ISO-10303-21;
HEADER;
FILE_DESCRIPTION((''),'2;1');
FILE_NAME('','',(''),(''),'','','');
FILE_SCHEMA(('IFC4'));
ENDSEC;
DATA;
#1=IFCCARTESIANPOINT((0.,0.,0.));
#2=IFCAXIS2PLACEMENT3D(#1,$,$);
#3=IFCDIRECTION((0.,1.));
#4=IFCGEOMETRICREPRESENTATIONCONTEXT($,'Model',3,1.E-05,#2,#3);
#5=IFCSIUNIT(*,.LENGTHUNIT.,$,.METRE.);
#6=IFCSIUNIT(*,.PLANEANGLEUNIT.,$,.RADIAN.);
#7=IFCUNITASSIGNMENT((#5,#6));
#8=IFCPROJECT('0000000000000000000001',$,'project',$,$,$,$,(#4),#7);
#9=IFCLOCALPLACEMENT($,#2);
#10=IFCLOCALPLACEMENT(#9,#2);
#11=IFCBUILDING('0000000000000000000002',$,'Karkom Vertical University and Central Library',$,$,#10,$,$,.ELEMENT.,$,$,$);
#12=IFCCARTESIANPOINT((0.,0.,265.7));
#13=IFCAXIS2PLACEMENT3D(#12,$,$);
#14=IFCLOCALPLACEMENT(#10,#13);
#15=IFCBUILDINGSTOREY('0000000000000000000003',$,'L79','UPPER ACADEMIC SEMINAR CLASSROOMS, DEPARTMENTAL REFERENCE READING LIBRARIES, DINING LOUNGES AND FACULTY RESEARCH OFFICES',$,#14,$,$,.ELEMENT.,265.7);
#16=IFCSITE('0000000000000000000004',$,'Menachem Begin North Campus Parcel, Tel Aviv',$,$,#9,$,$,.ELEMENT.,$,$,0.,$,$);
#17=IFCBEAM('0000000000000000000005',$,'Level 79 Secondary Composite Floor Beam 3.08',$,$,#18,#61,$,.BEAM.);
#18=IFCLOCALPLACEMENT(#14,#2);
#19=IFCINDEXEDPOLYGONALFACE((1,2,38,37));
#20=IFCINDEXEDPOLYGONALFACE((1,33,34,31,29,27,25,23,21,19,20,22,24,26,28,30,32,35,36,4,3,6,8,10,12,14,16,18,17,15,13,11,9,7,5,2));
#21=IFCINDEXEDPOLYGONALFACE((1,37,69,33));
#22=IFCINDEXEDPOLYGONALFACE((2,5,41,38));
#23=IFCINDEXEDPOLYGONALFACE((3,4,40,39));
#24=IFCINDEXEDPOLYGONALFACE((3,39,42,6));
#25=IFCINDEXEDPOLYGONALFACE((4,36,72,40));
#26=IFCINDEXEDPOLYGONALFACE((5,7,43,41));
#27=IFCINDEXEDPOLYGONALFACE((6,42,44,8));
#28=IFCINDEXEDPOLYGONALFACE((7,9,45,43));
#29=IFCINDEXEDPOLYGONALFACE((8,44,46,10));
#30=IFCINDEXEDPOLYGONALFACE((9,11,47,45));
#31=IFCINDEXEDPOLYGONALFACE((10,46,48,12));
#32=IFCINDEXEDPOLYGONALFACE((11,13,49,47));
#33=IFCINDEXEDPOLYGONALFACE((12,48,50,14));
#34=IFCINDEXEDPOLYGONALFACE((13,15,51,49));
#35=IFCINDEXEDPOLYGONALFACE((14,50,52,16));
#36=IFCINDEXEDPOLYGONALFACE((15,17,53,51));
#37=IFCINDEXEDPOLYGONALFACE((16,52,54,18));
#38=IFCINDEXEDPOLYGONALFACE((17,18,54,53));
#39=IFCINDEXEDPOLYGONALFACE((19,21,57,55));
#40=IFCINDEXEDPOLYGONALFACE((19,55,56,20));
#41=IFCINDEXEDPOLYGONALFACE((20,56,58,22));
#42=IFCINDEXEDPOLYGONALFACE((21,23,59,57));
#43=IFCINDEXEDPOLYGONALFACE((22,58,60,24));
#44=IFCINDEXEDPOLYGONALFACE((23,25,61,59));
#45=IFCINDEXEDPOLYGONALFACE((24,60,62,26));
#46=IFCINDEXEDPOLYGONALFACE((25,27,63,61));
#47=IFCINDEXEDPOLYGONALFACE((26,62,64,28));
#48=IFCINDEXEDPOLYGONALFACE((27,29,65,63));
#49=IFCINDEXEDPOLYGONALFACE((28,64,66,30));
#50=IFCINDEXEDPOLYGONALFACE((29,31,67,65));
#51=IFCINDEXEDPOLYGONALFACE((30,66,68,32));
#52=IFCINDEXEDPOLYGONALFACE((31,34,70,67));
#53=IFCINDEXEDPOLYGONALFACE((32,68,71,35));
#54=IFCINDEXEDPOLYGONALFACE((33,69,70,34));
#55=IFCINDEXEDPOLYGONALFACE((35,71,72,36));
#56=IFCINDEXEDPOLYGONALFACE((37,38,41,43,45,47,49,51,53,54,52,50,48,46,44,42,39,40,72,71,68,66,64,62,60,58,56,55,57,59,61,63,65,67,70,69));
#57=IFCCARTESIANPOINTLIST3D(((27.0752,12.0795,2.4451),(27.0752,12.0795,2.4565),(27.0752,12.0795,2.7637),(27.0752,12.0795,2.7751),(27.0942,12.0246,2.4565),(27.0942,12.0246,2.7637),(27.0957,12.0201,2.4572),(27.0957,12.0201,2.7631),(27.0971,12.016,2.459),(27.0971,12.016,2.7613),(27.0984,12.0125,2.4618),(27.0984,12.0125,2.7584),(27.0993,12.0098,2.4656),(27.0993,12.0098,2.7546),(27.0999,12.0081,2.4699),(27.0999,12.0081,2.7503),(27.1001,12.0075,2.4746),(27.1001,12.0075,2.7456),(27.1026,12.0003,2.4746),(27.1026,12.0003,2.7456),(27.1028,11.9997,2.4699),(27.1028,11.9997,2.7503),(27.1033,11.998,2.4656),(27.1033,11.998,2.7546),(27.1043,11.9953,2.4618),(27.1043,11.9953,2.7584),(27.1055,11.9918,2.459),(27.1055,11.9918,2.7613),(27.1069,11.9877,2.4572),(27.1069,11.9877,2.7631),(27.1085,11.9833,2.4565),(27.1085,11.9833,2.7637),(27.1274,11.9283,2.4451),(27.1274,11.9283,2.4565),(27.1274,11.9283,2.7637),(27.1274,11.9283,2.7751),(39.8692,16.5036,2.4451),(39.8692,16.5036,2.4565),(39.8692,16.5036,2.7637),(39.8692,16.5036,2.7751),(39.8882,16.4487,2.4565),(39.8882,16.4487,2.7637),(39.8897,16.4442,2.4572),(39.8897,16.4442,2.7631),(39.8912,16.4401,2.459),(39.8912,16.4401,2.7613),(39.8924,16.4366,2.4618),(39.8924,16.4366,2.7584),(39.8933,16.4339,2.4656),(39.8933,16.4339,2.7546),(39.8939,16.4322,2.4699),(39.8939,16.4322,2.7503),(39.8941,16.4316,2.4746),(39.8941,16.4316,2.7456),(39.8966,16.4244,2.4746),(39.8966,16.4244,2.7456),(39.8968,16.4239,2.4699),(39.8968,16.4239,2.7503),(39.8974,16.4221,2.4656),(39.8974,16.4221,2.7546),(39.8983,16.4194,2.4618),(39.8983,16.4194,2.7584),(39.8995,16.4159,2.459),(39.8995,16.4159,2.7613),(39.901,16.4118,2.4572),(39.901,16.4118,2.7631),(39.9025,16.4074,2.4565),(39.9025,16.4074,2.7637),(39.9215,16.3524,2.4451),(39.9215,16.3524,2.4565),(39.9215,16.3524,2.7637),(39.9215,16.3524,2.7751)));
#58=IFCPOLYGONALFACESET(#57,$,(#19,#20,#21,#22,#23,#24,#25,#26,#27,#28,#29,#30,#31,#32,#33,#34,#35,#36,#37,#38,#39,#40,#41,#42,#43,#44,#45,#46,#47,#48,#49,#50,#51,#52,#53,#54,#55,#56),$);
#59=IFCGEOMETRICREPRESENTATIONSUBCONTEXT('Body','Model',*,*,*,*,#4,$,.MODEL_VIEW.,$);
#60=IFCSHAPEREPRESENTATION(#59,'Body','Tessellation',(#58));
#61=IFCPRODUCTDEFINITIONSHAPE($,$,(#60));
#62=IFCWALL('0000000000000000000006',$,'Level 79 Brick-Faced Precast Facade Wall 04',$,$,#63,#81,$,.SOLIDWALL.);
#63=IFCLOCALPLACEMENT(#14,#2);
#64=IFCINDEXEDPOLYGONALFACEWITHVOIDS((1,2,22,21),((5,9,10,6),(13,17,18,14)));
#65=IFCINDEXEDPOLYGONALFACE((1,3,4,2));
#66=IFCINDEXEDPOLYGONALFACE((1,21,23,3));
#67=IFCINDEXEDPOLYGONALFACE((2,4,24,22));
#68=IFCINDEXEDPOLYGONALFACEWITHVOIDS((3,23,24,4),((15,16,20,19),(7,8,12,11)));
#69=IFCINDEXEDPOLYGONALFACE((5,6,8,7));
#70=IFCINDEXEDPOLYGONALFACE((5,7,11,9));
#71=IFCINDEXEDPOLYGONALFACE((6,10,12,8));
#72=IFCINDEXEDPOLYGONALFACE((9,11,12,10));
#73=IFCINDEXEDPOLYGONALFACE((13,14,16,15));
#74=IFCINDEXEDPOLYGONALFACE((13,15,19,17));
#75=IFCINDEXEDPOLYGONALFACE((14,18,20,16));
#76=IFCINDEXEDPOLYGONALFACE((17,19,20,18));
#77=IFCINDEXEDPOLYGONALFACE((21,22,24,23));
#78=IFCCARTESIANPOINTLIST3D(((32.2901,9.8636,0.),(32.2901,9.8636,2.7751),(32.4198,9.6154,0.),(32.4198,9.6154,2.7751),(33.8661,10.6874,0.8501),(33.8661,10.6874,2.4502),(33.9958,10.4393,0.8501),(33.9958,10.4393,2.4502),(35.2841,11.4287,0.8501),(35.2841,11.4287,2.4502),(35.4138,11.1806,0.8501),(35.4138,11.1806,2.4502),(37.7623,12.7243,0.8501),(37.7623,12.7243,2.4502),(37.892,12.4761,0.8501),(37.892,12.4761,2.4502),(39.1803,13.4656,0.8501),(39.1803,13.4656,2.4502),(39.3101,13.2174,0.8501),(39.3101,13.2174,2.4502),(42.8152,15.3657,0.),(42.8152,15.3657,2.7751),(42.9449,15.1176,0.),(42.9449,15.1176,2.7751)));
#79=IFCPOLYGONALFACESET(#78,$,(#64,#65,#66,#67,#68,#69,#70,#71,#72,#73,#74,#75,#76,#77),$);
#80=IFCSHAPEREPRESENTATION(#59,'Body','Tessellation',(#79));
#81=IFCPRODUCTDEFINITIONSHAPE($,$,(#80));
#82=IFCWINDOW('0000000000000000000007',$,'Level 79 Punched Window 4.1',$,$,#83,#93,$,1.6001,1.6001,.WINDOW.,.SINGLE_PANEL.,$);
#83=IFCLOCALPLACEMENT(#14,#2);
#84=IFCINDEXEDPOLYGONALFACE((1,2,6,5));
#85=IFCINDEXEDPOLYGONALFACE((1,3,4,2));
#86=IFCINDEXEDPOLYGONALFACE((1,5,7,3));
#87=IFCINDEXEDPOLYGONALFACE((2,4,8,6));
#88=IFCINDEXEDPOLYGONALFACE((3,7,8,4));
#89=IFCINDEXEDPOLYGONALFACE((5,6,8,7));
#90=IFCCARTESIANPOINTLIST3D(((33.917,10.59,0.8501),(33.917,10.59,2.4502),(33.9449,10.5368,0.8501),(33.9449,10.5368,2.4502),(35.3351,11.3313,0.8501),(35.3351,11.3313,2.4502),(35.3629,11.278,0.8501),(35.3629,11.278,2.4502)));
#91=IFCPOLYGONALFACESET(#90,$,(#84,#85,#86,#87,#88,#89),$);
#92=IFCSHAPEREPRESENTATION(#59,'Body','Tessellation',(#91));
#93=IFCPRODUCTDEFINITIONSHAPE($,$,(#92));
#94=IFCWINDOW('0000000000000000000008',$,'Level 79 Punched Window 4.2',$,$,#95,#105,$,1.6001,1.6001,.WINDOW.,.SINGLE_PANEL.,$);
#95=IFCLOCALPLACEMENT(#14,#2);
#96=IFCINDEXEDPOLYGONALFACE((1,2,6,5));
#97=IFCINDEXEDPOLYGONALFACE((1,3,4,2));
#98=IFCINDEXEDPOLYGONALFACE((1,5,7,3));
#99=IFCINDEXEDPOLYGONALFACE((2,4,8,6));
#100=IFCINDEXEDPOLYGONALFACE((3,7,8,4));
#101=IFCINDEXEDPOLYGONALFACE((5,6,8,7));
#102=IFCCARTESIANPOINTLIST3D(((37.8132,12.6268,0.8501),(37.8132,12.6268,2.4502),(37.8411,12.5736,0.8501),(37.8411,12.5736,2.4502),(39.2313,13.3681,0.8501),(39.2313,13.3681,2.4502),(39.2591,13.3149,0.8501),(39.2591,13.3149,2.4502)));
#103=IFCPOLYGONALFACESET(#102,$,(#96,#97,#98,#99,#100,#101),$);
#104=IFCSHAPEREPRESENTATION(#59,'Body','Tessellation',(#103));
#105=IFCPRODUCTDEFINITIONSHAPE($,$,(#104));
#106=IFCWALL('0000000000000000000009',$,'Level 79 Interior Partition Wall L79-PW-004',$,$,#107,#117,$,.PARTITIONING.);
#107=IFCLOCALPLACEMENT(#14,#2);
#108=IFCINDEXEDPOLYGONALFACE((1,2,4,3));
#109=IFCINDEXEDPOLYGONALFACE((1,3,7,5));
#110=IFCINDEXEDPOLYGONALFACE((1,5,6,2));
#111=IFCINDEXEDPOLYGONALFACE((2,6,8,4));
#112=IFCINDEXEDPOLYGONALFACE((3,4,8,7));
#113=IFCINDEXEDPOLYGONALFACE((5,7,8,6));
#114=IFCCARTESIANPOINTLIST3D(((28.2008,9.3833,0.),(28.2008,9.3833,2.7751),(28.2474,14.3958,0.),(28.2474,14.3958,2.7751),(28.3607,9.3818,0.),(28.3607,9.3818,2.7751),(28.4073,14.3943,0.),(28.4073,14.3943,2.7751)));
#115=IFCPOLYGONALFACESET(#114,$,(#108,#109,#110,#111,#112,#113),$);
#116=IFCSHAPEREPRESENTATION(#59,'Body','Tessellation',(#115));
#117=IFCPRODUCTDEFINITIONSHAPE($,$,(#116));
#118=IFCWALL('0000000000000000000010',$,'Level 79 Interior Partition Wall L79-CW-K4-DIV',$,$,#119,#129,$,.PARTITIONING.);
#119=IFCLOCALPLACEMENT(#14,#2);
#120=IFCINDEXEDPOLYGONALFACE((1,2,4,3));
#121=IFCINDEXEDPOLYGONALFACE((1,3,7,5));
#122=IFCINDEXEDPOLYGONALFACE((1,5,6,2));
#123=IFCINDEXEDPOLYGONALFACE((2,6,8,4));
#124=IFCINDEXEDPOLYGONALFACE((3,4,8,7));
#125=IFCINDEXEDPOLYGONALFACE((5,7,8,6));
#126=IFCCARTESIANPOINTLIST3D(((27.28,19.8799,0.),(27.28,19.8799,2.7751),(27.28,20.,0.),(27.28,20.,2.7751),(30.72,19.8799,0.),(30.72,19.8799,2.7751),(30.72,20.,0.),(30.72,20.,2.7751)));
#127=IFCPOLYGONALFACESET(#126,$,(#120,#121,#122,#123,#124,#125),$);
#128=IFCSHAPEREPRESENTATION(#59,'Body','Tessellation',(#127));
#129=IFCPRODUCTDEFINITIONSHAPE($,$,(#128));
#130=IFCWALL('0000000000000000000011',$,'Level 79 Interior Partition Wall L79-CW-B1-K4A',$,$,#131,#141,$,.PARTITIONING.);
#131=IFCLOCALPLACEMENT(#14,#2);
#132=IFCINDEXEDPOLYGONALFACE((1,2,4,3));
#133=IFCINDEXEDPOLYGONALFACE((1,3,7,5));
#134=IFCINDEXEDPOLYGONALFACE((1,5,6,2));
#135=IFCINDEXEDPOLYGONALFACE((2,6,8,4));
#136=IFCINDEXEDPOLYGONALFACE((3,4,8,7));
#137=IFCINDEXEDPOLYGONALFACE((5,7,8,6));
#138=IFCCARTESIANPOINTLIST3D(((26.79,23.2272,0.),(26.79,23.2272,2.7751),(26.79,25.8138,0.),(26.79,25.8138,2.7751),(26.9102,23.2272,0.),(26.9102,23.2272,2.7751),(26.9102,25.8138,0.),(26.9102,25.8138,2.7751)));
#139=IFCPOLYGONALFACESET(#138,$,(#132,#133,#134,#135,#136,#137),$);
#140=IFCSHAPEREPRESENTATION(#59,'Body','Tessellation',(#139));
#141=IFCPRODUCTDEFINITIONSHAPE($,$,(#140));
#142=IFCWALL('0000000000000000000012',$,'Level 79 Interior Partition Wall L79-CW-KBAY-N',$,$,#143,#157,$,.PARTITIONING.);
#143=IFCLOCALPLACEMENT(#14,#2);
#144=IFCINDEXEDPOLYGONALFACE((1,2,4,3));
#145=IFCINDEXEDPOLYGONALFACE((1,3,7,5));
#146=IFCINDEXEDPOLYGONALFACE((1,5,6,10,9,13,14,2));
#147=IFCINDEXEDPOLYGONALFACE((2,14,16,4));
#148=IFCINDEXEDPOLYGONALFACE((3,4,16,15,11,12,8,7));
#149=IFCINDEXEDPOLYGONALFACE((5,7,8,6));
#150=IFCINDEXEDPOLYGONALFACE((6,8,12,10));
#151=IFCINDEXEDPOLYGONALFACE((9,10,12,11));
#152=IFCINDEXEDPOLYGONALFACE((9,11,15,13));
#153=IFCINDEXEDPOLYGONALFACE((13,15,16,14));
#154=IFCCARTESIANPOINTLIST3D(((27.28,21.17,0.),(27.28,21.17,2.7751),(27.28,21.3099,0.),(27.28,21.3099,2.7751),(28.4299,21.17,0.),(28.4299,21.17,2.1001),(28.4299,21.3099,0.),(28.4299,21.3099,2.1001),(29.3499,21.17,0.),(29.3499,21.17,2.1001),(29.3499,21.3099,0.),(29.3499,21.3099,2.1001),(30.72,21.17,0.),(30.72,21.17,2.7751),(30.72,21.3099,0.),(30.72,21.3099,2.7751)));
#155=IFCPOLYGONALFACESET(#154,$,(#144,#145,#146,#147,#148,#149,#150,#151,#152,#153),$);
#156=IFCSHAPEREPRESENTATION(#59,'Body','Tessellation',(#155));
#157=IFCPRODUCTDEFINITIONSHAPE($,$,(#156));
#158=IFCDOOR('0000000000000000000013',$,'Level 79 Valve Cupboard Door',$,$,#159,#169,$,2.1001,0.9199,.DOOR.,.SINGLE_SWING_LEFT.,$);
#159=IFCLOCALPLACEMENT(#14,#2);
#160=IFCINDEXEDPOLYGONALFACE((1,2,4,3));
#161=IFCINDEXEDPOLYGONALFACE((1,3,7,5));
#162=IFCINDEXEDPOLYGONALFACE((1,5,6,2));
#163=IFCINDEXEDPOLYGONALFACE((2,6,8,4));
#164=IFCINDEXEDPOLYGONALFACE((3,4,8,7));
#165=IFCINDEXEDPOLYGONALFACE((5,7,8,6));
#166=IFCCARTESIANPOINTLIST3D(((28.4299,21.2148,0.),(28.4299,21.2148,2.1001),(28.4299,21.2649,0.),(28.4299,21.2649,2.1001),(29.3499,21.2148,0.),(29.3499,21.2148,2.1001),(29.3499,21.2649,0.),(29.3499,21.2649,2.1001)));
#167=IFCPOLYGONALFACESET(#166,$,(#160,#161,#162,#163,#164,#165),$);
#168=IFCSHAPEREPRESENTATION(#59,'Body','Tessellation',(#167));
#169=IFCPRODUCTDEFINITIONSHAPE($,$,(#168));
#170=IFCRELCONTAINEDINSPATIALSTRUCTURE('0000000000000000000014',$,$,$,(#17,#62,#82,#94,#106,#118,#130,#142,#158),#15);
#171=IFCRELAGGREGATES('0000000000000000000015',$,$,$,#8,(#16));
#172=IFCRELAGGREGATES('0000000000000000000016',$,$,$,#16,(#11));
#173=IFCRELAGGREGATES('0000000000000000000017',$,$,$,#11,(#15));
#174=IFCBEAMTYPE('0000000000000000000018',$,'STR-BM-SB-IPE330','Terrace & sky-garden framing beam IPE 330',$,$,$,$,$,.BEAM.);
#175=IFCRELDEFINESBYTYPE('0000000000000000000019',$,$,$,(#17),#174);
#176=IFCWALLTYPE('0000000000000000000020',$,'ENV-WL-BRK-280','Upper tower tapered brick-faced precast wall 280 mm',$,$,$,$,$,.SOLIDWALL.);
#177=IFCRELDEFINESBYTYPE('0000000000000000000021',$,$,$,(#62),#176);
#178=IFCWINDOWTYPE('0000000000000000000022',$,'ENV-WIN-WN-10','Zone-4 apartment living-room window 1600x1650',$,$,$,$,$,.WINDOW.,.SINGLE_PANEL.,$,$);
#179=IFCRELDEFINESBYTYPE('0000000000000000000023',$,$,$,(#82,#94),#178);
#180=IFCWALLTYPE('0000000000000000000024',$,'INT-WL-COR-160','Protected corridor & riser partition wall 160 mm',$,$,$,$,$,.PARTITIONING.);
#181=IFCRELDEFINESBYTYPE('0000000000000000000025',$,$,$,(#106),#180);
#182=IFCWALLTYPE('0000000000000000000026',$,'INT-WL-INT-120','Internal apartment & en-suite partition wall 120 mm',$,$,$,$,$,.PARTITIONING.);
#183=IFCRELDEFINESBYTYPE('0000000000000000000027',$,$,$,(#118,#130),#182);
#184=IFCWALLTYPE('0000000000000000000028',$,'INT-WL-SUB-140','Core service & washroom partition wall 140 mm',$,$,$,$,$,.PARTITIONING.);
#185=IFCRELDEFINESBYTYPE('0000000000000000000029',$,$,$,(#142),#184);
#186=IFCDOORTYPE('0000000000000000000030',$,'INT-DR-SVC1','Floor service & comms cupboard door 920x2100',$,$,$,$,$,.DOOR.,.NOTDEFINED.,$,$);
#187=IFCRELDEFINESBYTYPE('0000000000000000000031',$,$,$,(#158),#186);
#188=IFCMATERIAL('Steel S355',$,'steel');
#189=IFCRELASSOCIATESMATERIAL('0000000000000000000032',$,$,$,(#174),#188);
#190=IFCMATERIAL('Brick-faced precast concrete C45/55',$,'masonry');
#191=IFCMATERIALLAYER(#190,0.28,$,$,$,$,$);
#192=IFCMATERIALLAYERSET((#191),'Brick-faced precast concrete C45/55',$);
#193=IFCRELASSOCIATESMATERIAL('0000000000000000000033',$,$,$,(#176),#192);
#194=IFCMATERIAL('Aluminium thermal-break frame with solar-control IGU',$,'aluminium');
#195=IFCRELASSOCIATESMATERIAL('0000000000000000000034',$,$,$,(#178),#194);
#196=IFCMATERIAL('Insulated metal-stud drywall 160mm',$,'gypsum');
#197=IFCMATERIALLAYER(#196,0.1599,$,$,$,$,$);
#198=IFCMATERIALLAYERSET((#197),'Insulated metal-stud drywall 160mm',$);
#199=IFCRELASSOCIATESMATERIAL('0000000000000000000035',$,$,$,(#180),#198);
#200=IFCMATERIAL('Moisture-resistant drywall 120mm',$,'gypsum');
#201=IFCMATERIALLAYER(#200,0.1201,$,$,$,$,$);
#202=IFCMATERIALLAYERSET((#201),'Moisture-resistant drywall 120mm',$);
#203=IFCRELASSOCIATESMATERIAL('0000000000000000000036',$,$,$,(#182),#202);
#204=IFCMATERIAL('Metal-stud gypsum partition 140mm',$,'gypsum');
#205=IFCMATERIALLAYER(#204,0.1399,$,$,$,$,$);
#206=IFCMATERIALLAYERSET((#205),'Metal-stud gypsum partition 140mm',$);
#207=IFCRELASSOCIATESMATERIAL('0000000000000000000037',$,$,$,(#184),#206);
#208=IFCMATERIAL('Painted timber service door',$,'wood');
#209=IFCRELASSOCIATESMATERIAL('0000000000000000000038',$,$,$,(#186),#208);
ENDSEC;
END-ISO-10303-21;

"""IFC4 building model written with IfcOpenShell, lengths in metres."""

from ifc_helpers import new_model, si_unit, direction, frame, frame_2d, origin, origin_with_axes, origin_2d, place, context, subcontext, project, spatial, rectangle, i_section, extrude, source, transform, mapped, material, layer, layer_set, material_profile, profile_set, type_object, element, fill, save


model = new_model("IFC4")

# Units and contexts
model_context = context("Model", 3, precision=1e-05, world=origin(), true_north=direction((0.0, 1.0)))
body_context = subcontext(model_context, "Body", "Model", "MODEL_VIEW")
ifc_project = project(units=[si_unit("LENGTHUNIT", "METRE"), si_unit("PLANEANGLEUNIT", "RADIAN")], contexts=[model_context])

# Site, building, storey
site_placement = place(None, origin())
site = spatial("IfcSite", under=ifc_project, at=site_placement, Name="Menachem Begin North Campus Parcel, Tel Aviv", CompositionType="ELEMENT", RefElevation=0.0)
building_placement = place(site_placement, origin())
building = spatial("IfcBuilding", under=site, at=building_placement, Name="Karkom Vertical University and Central Library", CompositionType="ELEMENT")
storey_placement = place(building_placement, frame((0.0, 0.0, 265.7)))
storey = spatial("IfcBuildingStorey", under=building, at=storey_placement, Name="L79", Description="UPPER ACADEMIC SEMINAR CLASSROOMS, DEPARTMENTAL REFERENCE READING LIBRARIES, DINING LOUNGES AND FACULTY RESEARCH OFFICES", CompositionType="ELEMENT", Elevation=265.7)

# Beam
ifc_material_1 = material(Name="Steel S355", Category="steel")
ifc_material_profile_1 = material_profile(ifc_material_1, i_section(OverallWidth=0.1599, OverallDepth=0.3301, WebThickness=0.0076, FlangeThickness=0.0115, FilletRadius=0.0181, at=origin_2d()), Name="IPE 330")
ifc_profile_set_1 = profile_set([ifc_material_profile_1], Name="Steel S355")
beam_type_1 = type_object("IfcBeamType", Name="STR-BM-SB-IPE330", Description="Terrace & sky-garden framing beam IPE 330", PredefinedType="BEAM", material=ifc_profile_set_1)
shared_shape_1 = source(origin_with_axes(), body_context, "Body", "SweptSolid", [
    extrude(i_section(OverallWidth=0.1599, OverallDepth=0.3301, WebThickness=0.0076, FlangeThickness=0.0115, FilletRadius=0.0181, at=origin_2d()), origin(), (0.0, 0.0, 1.0), 13.5374),
])
beam_1_placement = place(storey_placement, frame((27.1013, 12.0039, 2.6101), z_axis=(0.945091, 0.326807, 0.0), x_axis=(-0.326807, 0.945091, 0.0)))
element("IfcBeam", 1, at=beam_1_placement, inside=storey, type_object=beam_type_1, Name="Level 79 Secondary Composite Floor Beam 3.08", PredefinedType="BEAM", context=body_context, shape_type="MappedRepresentation", body=[
    mapped(shared_shape_1, transform((0.0, 0.0, 0.0), scale=1.0)),
])

# Wall, openings, windows
ifc_material_2 = material(Name="Brick-faced precast concrete C45/55", Category="masonry")
ifc_layer_1 = layer(ifc_material_2, 0.28)
ifc_layer_set_1 = layer_set([ifc_layer_1], Name="Brick-faced precast concrete C45/55")
wall_type_1 = type_object("IfcWallType", Name="ENV-WL-BRK-280", Description="Upper tower tapered brick-faced precast wall 280 mm", PredefinedType="SOLIDWALL", material=ifc_layer_set_1)
wall_1_placement = place(storey_placement, frame((32.355, 9.7395, 0.0), z_axis=(0.0, 0.0, 1.0), x_axis=(0.886211, 0.463282, 0.0)))
wall_1 = element("IfcWall", 2, at=wall_1_placement, inside=storey, type_object=wall_type_1, Name="Level 79 Brick-Faced Precast Facade Wall 04", PredefinedType="SOLIDWALL", context=body_context, shape_type="SweptSolid", body=[
    extrude(rectangle(XDim=11.8765, YDim=0.28, at=frame_2d((5.9382, 0.0))), origin(), (0.0, 0.0, 1.0), 2.7751),
])
opening_1_placement = place(wall_1_placement, frame((1.7783, 0.0, 0.8501)))
opening_1 = element("IfcOpeningElement", 3, at=opening_1_placement, cuts=wall_1, PredefinedType="OPENING", context=body_context, shape_type="SweptSolid", body=[
    extrude(rectangle(XDim=1.6001, YDim=1.6001, at=frame_2d((0.8, 0.8))), frame((0.0, 0.1499, 0.0), z_axis=(0.0, -1.0, 0.0), x_axis=(1.0, 0.0, 0.0)), (0.0, 0.0, 1.0), 0.3),
])
opening_2_placement = place(wall_1_placement, frame((6.1748, 0.0, 0.8501)))
opening_2 = element("IfcOpeningElement", 4, at=opening_2_placement, cuts=wall_1, PredefinedType="OPENING", context=body_context, shape_type="SweptSolid", body=[
    extrude(rectangle(XDim=1.6001, YDim=1.6001, at=frame_2d((0.8, 0.8))), frame((0.0, 0.1499, 0.0), z_axis=(0.0, -1.0, 0.0), x_axis=(1.0, 0.0, 0.0)), (0.0, 0.0, 1.0), 0.3),
])
ifc_material_3 = material(Name="Aluminium thermal-break frame with solar-control IGU", Category="aluminium")
window_type = type_object("IfcWindowType", Name="ENV-WIN-WN-10", Description="Zone-4 apartment living-room window 1600x1650", PartitioningType="SINGLE_PANEL", PredefinedType="WINDOW", material=ifc_material_3)
shared_shape_2 = source(origin_with_axes(), body_context, "Body", "SweptSolid", [
    extrude(rectangle(XDim=1.6001, YDim=1.6001, at=frame_2d((0.8, 0.8))), frame((0.0, 0.03, 0.0), z_axis=(0.0, -1.0, 0.0), x_axis=(1.0, 0.0, 0.0)), (0.0, 0.0, 1.0), 0.0601),
])
window_1_placement = place(opening_1_placement, origin())
window_1 = element("IfcWindow", 5, at=window_1_placement, inside=storey, type_object=window_type, Name="Level 79 Punched Window 4.1", OverallHeight=1.6001, OverallWidth=1.6001, PartitioningType="SINGLE_PANEL", PredefinedType="WINDOW", context=body_context, shape_type="MappedRepresentation", body=[
    mapped(shared_shape_2, transform((0.0, 0.0, 0.0), scale=1.0)),
])
fill(opening_1, window_1)
window_2_placement = place(opening_2_placement, origin())
window_2 = element("IfcWindow", 6, at=window_2_placement, inside=storey, type_object=window_type, Name="Level 79 Punched Window 4.2", OverallHeight=1.6001, OverallWidth=1.6001, PartitioningType="SINGLE_PANEL", PredefinedType="WINDOW", context=body_context, shape_type="MappedRepresentation", body=[
    mapped(shared_shape_2, transform((0.0, 0.0, 0.0), scale=1.0)),
])
fill(opening_2, window_2)

# Walls
ifc_material_4 = material(Name="Insulated metal-stud drywall 160mm", Category="gypsum")
ifc_layer_2 = layer(ifc_material_4, 0.1599)
ifc_layer_set_2 = layer_set([ifc_layer_2], Name="Insulated metal-stud drywall 160mm")
wall_type_2 = type_object("IfcWallType", Name="INT-WL-COR-160", Description="Protected corridor & riser partition wall 160 mm", PredefinedType="PARTITIONING", material=ifc_layer_set_2)
wall_2_placement = place(storey_placement, frame((28.3274, 14.395, 0.0), z_axis=(0.0, 0.0, 1.0), x_axis=(-0.009303, -0.999957, 0.0)))
element("IfcWall", 7, at=wall_2_placement, inside=storey, type_object=wall_type_2, Name="Level 79 Interior Partition Wall L79-PW-004", PredefinedType="PARTITIONING", context=body_context, shape_type="SweptSolid", body=[
    extrude(rectangle(XDim=5.0127, YDim=0.1599, at=frame_2d((2.5063, 0.0))), origin(), (0.0, 0.0, 1.0), 2.7751),
])
ifc_material_5 = material(Name="Moisture-resistant drywall 120mm", Category="gypsum")
ifc_layer_3 = layer(ifc_material_5, 0.1201)
ifc_layer_set_3 = layer_set([ifc_layer_3], Name="Moisture-resistant drywall 120mm")
wall_type_3 = type_object("IfcWallType", Name="INT-WL-INT-120", Description="Internal apartment & en-suite partition wall 120 mm", PredefinedType="PARTITIONING", material=ifc_layer_set_3)
wall_3_placement = place(storey_placement, frame((27.28, 19.9399, 0.0), z_axis=(0.0, 0.0, 1.0), x_axis=(1.0, 0.0, 0.0)))
element("IfcWall", 8, at=wall_3_placement, inside=storey, type_object=wall_type_3, Name="Level 79 Interior Partition Wall L79-CW-K4-DIV", PredefinedType="PARTITIONING", context=body_context, shape_type="SweptSolid", body=[
    extrude(rectangle(XDim=3.4399, YDim=0.1201, at=frame_2d((1.72, 0.0))), origin(), (0.0, 0.0, 1.0), 2.7751),
])
wall_4_placement = place(storey_placement, frame((26.8501, 23.2271, 0.0), z_axis=(0.0, 0.0, 1.0), x_axis=(0.0, 1.0, 0.0)))
element("IfcWall", 9, at=wall_4_placement, inside=storey, type_object=wall_type_3, Name="Level 79 Interior Partition Wall L79-CW-B1-K4A", PredefinedType="PARTITIONING", context=body_context, shape_type="SweptSolid", body=[
    extrude(rectangle(XDim=2.5867, YDim=0.1201, at=frame_2d((1.2935, 0.0))), origin(), (0.0, 0.0, 1.0), 2.7751),
])

# Wall, opening, door
ifc_material_6 = material(Name="Metal-stud gypsum partition 140mm", Category="gypsum")
ifc_layer_4 = layer(ifc_material_6, 0.1399)
ifc_layer_set_4 = layer_set([ifc_layer_4], Name="Metal-stud gypsum partition 140mm")
wall_type_4 = type_object("IfcWallType", Name="INT-WL-SUB-140", Description="Core service & washroom partition wall 140 mm", PredefinedType="PARTITIONING", material=ifc_layer_set_4)
wall_5_placement = place(storey_placement, frame((27.28, 21.24, 0.0), z_axis=(0.0, 0.0, 1.0), x_axis=(1.0, 0.0, 0.0)))
wall_5 = element("IfcWall", 10, at=wall_5_placement, inside=storey, type_object=wall_type_4, Name="Level 79 Interior Partition Wall L79-CW-KBAY-N", PredefinedType="PARTITIONING", context=body_context, shape_type="SweptSolid", body=[
    extrude(rectangle(XDim=3.4399, YDim=0.1399, at=frame_2d((1.72, 0.0))), origin(), (0.0, 0.0, 1.0), 2.7751),
])
opening_3_placement = place(wall_5_placement, frame((1.1499, 0.0, 0.0)))
opening_3 = element("IfcOpeningElement", 11, at=opening_3_placement, cuts=wall_5, PredefinedType="OPENING", context=body_context, shape_type="SweptSolid", body=[
    extrude(rectangle(XDim=0.9199, YDim=2.1001, at=frame_2d((0.46, 1.05))), frame((0.0, 0.0801, 0.0), z_axis=(0.0, -1.0, 0.0), x_axis=(1.0, 0.0, 0.0)), (0.0, 0.0, 1.0), 0.1599),
])
ifc_material_7 = material(Name="Painted timber service door", Category="wood")
door_type_1 = type_object("IfcDoorType", Name="INT-DR-SVC1", Description="Floor service & comms cupboard door 920x2100", OperationType="NOTDEFINED", PredefinedType="DOOR", material=ifc_material_7)
shared_shape_3 = source(origin_with_axes(), body_context, "Body", "SweptSolid", [
    extrude(rectangle(XDim=0.9199, YDim=2.1001, at=frame_2d((0.46, 1.05))), frame((0.0, 0.0249, 0.0), z_axis=(0.0, -1.0, 0.0), x_axis=(1.0, 0.0, 0.0)), (0.0, 0.0, 1.0), 0.05),
])
door_1_placement = place(opening_3_placement, origin())
door_1 = element("IfcDoor", 12, at=door_1_placement, inside=storey, type_object=door_type_1, Name="Level 79 Valve Cupboard Door", OperationType="SINGLE_SWING_LEFT", OverallHeight=2.1001, OverallWidth=0.9199, PredefinedType="DOOR", context=body_context, shape_type="MappedRepresentation", body=[
    mapped(shared_shape_3, transform((0.0, 0.0, 0.0), scale=1.0)),
])
fill(opening_3, door_1)

save(model, "model.ifc")
